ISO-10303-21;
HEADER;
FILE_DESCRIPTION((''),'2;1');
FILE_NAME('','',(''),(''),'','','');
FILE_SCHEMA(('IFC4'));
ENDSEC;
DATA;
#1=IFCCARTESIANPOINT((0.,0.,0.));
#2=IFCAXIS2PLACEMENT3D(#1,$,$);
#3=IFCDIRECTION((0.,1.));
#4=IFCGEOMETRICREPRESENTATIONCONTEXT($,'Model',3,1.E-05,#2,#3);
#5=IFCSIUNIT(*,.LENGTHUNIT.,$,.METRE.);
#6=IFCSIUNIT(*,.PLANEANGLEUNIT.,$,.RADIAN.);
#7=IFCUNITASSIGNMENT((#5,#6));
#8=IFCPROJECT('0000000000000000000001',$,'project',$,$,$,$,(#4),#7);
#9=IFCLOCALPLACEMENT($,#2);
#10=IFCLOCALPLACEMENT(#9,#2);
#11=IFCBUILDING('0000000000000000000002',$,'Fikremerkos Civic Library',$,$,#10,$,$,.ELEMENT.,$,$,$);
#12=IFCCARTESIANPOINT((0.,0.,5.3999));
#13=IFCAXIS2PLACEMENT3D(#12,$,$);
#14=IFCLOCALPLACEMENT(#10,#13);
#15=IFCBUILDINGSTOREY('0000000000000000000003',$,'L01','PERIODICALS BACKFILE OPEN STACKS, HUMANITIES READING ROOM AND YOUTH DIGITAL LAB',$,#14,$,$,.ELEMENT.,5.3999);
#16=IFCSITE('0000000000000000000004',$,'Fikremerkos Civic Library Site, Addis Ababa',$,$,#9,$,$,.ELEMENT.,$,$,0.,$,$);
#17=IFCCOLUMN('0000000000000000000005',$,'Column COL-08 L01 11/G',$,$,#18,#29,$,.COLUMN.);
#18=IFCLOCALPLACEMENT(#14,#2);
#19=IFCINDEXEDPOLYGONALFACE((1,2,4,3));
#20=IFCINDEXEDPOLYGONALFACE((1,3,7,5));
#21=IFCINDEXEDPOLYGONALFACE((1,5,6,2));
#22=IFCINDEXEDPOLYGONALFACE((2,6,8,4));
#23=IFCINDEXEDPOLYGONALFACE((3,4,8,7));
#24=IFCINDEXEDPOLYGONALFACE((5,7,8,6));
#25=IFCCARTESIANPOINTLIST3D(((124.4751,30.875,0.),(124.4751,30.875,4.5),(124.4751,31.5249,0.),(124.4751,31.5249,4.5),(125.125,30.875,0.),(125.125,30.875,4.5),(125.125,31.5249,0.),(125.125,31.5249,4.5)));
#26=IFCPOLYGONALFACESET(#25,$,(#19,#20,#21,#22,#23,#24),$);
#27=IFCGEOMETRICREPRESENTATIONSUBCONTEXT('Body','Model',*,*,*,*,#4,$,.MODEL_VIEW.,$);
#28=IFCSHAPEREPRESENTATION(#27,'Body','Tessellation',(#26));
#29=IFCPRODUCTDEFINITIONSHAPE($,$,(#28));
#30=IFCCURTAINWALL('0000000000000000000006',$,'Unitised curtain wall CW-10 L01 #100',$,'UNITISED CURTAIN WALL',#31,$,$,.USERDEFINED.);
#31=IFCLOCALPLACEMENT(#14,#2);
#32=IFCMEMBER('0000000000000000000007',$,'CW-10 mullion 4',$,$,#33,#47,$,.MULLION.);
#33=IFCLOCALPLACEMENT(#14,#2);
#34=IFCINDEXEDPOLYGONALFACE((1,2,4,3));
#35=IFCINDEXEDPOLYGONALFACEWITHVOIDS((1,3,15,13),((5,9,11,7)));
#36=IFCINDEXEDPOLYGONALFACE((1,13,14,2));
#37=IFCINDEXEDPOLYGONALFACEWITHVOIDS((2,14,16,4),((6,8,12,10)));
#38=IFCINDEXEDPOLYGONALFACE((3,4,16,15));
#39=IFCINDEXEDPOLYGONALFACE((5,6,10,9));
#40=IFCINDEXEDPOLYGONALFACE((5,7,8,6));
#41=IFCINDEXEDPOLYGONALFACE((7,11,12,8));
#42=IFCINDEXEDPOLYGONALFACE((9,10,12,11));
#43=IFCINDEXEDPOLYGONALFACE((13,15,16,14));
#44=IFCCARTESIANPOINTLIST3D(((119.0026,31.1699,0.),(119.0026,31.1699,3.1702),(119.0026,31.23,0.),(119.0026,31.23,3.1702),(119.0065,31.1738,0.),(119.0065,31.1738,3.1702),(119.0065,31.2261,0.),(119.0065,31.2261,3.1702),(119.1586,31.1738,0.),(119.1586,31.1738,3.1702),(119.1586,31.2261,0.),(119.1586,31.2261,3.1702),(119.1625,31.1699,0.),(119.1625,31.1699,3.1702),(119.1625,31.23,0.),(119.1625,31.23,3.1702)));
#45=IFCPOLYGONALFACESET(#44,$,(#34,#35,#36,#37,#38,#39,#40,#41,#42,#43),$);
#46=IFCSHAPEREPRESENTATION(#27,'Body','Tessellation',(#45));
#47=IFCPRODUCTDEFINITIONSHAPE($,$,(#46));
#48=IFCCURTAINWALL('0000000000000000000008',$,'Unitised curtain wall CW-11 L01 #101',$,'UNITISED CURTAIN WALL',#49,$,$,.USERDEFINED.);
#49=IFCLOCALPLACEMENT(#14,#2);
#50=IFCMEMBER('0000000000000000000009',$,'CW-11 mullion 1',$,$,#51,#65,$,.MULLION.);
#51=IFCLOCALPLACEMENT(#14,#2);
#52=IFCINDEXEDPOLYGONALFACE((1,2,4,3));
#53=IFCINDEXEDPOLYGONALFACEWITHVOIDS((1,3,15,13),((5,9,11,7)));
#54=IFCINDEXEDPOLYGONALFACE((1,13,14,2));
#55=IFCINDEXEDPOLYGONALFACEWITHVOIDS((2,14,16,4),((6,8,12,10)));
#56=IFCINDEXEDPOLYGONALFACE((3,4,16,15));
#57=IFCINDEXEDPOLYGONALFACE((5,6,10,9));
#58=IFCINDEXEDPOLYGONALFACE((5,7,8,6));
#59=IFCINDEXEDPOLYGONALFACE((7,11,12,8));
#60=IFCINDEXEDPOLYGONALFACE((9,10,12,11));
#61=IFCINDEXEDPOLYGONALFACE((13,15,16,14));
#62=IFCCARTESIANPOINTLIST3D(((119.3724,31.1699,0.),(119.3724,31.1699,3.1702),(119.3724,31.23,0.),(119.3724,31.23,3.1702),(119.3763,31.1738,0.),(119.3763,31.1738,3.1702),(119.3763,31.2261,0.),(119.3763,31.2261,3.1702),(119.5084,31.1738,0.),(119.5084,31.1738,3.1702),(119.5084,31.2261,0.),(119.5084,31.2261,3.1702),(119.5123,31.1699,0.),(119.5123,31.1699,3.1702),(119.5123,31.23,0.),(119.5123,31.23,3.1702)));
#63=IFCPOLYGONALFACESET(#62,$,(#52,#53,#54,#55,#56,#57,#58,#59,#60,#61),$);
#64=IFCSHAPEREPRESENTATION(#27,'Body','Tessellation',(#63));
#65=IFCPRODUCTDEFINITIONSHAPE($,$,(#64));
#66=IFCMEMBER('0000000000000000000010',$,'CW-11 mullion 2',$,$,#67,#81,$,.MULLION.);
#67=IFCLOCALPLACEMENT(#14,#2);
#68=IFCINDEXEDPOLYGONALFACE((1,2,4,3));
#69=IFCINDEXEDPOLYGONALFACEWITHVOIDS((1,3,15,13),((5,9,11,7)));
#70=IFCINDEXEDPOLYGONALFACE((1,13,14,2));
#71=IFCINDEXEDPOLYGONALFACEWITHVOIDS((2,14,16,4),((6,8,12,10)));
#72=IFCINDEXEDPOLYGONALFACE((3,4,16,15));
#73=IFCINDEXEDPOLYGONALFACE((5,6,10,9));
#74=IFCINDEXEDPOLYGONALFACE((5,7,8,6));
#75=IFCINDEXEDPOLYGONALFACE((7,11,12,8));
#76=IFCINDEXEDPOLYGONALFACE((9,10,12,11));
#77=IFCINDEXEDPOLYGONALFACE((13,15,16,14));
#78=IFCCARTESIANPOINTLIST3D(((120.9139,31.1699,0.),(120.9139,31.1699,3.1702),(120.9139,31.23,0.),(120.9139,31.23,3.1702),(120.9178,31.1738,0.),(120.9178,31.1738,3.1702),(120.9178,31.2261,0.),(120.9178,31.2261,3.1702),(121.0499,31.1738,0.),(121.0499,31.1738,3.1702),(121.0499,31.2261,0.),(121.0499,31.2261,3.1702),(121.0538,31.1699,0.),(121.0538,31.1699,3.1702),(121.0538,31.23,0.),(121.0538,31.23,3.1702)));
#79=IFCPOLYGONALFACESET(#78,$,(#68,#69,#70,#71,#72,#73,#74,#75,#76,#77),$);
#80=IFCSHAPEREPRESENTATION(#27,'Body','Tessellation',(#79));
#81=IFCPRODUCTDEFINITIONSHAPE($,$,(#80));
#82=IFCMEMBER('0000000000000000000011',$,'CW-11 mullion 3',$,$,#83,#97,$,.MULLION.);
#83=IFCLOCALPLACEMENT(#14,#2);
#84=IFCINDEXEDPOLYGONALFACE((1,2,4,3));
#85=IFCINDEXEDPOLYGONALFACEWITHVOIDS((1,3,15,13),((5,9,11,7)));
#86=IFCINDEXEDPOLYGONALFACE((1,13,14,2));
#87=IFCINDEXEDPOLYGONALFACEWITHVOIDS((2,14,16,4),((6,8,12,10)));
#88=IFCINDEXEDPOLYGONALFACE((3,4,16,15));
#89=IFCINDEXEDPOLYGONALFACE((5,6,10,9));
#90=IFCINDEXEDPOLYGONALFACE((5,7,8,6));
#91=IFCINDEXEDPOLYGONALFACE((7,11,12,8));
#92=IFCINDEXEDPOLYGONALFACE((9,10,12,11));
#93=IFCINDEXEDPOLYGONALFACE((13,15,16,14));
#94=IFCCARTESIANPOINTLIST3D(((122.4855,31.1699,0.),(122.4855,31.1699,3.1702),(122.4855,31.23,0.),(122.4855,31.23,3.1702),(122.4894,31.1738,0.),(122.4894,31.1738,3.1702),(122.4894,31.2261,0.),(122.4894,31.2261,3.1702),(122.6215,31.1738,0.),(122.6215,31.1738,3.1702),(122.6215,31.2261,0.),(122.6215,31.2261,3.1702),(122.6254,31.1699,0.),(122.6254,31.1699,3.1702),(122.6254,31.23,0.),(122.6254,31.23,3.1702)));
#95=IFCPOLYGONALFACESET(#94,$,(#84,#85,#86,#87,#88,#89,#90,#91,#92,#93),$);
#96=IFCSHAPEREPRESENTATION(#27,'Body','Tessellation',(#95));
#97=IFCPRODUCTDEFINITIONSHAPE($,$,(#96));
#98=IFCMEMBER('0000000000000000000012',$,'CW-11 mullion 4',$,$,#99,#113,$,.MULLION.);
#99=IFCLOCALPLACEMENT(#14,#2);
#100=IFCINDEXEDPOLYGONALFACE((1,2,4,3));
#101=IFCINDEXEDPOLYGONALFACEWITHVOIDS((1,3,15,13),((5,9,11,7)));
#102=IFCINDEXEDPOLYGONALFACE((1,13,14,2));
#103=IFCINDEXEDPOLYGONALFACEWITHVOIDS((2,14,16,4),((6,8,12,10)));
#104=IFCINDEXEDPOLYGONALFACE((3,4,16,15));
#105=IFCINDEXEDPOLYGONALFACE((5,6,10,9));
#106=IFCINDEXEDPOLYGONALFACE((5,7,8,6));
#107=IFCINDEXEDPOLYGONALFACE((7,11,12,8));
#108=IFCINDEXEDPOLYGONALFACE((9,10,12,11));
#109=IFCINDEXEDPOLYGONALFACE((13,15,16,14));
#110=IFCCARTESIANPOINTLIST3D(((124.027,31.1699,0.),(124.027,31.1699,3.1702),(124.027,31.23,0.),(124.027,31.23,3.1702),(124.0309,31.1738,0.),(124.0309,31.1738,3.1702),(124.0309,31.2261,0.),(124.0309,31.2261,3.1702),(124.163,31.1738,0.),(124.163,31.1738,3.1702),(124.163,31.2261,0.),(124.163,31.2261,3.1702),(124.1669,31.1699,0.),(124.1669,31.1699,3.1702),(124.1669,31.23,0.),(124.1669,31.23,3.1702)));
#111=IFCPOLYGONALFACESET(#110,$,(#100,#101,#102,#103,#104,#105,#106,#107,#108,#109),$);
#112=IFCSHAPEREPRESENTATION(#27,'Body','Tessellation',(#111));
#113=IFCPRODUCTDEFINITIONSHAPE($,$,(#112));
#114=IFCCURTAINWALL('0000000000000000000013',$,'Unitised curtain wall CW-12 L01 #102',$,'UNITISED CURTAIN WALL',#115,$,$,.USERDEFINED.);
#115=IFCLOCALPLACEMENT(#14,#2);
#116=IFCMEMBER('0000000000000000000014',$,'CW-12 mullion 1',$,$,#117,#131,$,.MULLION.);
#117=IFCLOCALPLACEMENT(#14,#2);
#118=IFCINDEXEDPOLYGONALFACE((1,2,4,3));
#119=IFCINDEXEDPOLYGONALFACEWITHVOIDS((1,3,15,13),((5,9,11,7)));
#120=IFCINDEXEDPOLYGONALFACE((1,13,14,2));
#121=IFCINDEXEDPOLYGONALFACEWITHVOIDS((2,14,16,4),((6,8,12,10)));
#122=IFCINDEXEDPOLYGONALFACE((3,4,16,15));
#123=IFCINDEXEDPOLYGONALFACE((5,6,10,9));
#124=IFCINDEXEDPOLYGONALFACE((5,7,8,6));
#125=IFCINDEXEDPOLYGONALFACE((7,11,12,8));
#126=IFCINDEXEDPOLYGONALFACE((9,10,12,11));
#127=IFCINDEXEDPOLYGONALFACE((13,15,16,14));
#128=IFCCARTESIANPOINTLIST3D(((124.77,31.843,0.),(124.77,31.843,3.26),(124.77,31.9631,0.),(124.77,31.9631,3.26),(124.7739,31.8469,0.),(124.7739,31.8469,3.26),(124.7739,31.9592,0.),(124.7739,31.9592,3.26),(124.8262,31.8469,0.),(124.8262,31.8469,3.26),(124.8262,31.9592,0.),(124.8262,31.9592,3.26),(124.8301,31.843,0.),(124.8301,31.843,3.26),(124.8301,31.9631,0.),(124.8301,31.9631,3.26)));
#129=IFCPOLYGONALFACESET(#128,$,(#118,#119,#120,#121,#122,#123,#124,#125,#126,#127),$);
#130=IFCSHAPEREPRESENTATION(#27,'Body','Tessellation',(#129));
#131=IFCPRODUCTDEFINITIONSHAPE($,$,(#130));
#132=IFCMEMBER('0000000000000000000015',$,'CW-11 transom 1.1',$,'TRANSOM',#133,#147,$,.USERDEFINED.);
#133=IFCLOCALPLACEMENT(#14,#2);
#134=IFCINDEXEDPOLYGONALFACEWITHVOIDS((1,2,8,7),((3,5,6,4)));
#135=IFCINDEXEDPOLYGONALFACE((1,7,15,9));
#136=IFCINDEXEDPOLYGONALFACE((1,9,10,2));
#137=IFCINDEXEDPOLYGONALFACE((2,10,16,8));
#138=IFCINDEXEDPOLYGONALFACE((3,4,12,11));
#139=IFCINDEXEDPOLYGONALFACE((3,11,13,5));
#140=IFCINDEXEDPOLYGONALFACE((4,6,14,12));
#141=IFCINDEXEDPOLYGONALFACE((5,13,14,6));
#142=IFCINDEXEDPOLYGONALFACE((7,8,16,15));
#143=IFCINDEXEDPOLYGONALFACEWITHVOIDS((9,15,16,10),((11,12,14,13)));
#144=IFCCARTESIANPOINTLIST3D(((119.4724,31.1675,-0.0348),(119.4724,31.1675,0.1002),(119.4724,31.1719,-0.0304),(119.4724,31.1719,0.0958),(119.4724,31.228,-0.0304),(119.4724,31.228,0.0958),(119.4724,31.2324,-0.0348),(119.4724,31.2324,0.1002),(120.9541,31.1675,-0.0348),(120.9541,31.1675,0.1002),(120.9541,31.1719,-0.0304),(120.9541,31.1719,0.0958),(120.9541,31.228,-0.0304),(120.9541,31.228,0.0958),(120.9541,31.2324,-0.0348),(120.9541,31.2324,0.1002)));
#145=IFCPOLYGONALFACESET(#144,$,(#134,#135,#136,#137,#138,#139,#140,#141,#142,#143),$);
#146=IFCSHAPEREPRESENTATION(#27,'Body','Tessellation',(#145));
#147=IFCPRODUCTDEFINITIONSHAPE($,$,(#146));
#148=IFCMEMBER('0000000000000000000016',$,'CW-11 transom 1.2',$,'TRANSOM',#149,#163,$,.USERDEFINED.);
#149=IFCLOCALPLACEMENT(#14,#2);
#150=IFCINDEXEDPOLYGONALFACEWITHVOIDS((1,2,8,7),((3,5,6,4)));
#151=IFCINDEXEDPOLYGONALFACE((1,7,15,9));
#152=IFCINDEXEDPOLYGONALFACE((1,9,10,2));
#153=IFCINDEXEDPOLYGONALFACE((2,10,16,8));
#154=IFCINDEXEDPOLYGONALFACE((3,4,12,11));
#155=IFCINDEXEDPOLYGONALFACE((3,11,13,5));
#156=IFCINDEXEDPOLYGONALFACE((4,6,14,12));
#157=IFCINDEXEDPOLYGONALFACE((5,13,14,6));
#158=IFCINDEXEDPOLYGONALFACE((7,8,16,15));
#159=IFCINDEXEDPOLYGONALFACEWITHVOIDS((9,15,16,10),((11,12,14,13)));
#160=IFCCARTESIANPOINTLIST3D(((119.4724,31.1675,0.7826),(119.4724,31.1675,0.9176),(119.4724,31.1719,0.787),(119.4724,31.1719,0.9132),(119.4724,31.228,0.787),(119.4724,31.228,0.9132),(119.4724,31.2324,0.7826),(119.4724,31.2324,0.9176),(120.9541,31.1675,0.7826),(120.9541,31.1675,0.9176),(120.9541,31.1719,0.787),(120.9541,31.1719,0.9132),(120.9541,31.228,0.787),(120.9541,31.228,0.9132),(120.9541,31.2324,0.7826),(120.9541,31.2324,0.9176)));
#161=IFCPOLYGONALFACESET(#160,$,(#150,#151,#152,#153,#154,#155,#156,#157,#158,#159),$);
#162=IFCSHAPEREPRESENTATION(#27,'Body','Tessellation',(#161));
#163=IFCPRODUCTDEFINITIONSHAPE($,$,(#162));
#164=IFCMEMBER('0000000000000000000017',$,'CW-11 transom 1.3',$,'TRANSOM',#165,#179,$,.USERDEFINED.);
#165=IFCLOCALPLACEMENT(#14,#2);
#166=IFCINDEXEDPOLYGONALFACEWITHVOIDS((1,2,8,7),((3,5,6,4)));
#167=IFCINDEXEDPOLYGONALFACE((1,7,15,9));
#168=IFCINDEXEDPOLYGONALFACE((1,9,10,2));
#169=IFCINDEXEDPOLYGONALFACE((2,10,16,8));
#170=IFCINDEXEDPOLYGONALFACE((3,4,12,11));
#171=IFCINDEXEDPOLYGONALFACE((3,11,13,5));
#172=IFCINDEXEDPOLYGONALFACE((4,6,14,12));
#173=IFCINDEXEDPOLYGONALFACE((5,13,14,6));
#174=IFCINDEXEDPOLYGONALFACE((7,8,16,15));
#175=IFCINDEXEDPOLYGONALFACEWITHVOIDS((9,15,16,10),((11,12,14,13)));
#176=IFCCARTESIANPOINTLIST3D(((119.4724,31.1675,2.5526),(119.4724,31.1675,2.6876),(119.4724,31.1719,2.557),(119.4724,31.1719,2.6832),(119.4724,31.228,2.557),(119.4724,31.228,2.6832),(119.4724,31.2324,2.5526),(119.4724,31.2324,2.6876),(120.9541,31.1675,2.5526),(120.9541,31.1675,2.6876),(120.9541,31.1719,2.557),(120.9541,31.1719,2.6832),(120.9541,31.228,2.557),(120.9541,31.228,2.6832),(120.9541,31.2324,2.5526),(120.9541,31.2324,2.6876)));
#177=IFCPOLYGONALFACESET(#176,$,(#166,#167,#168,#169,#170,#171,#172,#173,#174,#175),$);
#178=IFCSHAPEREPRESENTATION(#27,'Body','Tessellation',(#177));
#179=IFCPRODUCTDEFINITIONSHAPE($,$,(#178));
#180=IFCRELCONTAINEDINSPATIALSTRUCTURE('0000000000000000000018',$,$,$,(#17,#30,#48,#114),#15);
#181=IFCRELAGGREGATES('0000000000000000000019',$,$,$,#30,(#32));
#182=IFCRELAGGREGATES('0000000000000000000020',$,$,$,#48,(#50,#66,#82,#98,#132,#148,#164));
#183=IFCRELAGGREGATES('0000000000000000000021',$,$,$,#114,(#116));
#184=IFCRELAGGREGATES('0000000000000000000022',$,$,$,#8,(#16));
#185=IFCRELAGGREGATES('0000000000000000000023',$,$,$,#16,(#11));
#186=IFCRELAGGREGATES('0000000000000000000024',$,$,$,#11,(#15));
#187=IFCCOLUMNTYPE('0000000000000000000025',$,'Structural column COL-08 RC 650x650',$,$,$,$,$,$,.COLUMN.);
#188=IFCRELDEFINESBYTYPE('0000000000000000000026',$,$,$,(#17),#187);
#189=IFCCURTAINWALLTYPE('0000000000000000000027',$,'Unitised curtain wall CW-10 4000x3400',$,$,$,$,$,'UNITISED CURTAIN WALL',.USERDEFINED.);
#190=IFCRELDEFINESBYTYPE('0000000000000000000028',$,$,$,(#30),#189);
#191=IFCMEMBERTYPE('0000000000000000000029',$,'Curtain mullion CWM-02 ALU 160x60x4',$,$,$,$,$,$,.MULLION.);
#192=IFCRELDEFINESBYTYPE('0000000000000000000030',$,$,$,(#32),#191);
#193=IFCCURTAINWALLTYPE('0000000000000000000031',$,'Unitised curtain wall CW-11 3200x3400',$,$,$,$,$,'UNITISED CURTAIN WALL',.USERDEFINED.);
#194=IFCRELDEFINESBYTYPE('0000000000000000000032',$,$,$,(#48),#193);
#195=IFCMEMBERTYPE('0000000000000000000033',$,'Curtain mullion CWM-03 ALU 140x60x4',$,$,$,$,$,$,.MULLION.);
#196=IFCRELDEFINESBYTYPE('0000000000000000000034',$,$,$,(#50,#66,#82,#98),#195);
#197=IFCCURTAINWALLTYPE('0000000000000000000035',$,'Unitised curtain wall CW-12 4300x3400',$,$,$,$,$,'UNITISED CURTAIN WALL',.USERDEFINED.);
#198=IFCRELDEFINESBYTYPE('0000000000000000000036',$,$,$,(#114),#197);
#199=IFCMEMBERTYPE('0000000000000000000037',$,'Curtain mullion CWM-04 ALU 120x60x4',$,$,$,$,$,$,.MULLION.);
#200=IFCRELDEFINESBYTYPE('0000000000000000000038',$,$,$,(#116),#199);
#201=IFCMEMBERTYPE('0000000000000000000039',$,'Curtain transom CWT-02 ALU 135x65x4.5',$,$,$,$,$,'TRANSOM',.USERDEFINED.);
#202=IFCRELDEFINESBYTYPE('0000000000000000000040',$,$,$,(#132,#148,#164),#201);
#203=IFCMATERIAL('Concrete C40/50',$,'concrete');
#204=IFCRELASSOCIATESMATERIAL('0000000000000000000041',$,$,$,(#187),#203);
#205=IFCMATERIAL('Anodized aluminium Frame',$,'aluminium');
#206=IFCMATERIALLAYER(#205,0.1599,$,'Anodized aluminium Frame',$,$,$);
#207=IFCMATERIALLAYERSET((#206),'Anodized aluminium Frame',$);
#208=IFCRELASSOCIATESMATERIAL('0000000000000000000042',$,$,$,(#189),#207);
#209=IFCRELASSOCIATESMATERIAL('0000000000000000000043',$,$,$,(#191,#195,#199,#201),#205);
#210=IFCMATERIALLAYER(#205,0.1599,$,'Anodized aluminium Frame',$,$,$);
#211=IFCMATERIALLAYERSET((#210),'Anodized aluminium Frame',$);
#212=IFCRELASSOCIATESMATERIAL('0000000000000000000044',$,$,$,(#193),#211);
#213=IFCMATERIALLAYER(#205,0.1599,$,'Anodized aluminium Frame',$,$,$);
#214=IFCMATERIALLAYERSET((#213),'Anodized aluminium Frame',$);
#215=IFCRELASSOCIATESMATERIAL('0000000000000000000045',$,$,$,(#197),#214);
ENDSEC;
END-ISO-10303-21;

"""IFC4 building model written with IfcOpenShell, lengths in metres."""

from ifc_helpers import new_model, si_unit, direction, frame, origin, origin_2d, place, context, subcontext, project, spatial, rectangle, hollow_rectangle, extrude, material, layer, layer_set, material_profile, profile_set, type_object, element, aggregate, save


model = new_model("IFC4")

# Units and contexts
model_context = context("Model", 3, precision=1e-05, world=origin(), true_north=direction((0.0, 1.0)))
body_context = subcontext(model_context, "Body", "Model", "MODEL_VIEW")
ifc_project = project(units=[si_unit("LENGTHUNIT", "METRE"), si_unit("PLANEANGLEUNIT", "RADIAN")], contexts=[model_context])

# Site, building, storey
site_placement = place(None, origin())
site = spatial("IfcSite", under=ifc_project, at=site_placement, Name="Fikremerkos Civic Library Site, Addis Ababa", CompositionType="ELEMENT", RefElevation=0.0)
building_placement = place(site_placement, origin())
building = spatial("IfcBuilding", under=site, at=building_placement, Name="Fikremerkos Civic Library", CompositionType="ELEMENT")
storey_placement = place(building_placement, frame((0.0, 0.0, 5.3999)))
storey = spatial("IfcBuildingStorey", under=building, at=storey_placement, Name="L01", Description="PERIODICALS BACKFILE OPEN STACKS, HUMANITIES READING ROOM AND YOUTH DIGITAL LAB", CompositionType="ELEMENT", Elevation=5.3999)

# Column
ifc_material_1 = material(Name="Concrete C40/50", Category="concrete")
ifc_material_profile_1 = material_profile(ifc_material_1, rectangle(XDim=0.6499, YDim=0.6499, at=origin_2d()), Name="RC 650x650")
ifc_profile_set_1 = profile_set([ifc_material_profile_1], Name="Concrete C40/50")
column_type = type_object("IfcColumnType", Name="Structural column COL-08 RC 650x650", PredefinedType="COLUMN", material=ifc_profile_set_1)
column_placement = place(storey_placement, frame((124.8, 31.2, 0.0), z_axis=(0.0, 0.0, 1.0), x_axis=(1.0, 0.0, 0.0)))
element("IfcColumn", 1, at=column_placement, inside=storey, type_object=column_type, Name="Column COL-08 L01 11/G", PredefinedType="COLUMN", context=body_context, shape_type="SweptSolid", body=[
    extrude(rectangle(XDim=0.6499, YDim=0.6499, at=origin_2d()), origin(), (0.0, 0.0, 1.0), 4.5),
])

# Curtain wall, member
ifc_material_2 = material(Name="Anodized aluminium Frame", Category="aluminium")
ifc_layer_1 = layer(ifc_material_2, 0.1599, Name="Anodized aluminium Frame")
ifc_layer_set_1 = layer_set([ifc_layer_1], Name="Anodized aluminium Frame")
curtain_wall_type_1 = type_object("IfcCurtainWallType", Name="Unitised curtain wall CW-10 4000x3400", ElementType="UNITISED CURTAIN WALL", PredefinedType="USERDEFINED", material=ifc_layer_set_1)
curtain_wall_1_placement = place(storey_placement, origin())
curtain_wall_1 = element("IfcCurtainWall", 2, at=curtain_wall_1_placement, inside=storey, type_object=curtain_wall_type_1, Name="Unitised curtain wall CW-10 L01 #100", ObjectType="UNITISED CURTAIN WALL", PredefinedType="USERDEFINED")
ifc_material_profile_2 = material_profile(ifc_material_2, hollow_rectangle(XDim=0.0601, YDim=0.1599, WallThickness=0.0039, at=origin_2d()), Name="ALU 160x60x4")
ifc_profile_set_2 = profile_set([ifc_material_profile_2], Name="Anodized aluminium Frame")
member_type_1 = type_object("IfcMemberType", Name="Curtain mullion CWM-02 ALU 160x60x4", PredefinedType="MULLION", material=ifc_profile_set_2)
member_1_placement = place(storey_placement, frame((119.0825, 31.2, 0.0), z_axis=(0.0, 0.0, 1.0), x_axis=(0.0, 1.0, 0.0)))
member_1 = element("IfcMember", 3, at=member_1_placement, type_object=member_type_1, Name="CW-10 mullion 4", PredefinedType="MULLION", context=body_context, shape_type="SweptSolid", body=[
    extrude(hollow_rectangle(XDim=0.0601, YDim=0.1599, WallThickness=0.0039, at=origin_2d()), origin(), (0.0, 0.0, 1.0), 3.1702),
])

# Curtain wall, members
ifc_layer_2 = layer(ifc_material_2, 0.1599, Name="Anodized aluminium Frame")
ifc_layer_set_2 = layer_set([ifc_layer_2], Name="Anodized aluminium Frame")
curtain_wall_type_2 = type_object("IfcCurtainWallType", Name="Unitised curtain wall CW-11 3200x3400", ElementType="UNITISED CURTAIN WALL", PredefinedType="USERDEFINED", material=ifc_layer_set_2)
curtain_wall_2_placement = place(storey_placement, origin())
curtain_wall_2 = element("IfcCurtainWall", 4, at=curtain_wall_2_placement, inside=storey, type_object=curtain_wall_type_2, Name="Unitised curtain wall CW-11 L01 #101", ObjectType="UNITISED CURTAIN WALL", PredefinedType="USERDEFINED")
ifc_material_profile_3 = material_profile(ifc_material_2, hollow_rectangle(XDim=0.0601, YDim=0.1399, WallThickness=0.0039, at=origin_2d()), Name="ALU 140x60x4")
ifc_profile_set_3 = profile_set([ifc_material_profile_3], Name="Anodized aluminium Frame")
member_type_2 = type_object("IfcMemberType", Name="Curtain mullion CWM-03 ALU 140x60x4", PredefinedType="MULLION", material=ifc_profile_set_3)
member_2_placement = place(storey_placement, frame((119.4424, 31.2, 0.0), z_axis=(0.0, 0.0, 1.0), x_axis=(0.0, 1.0, 0.0)))
member_2 = element("IfcMember", 5, at=member_2_placement, type_object=member_type_2, Name="CW-11 mullion 1", PredefinedType="MULLION", context=body_context, shape_type="SweptSolid", body=[
    extrude(hollow_rectangle(XDim=0.0601, YDim=0.1399, WallThickness=0.0039, at=origin_2d()), origin(), (0.0, 0.0, 1.0), 3.1702),
])
member_3_placement = place(storey_placement, frame((120.9839, 31.2, 0.0), z_axis=(0.0, 0.0, 1.0), x_axis=(0.0, 1.0, 0.0)))
member_3 = element("IfcMember", 6, at=member_3_placement, type_object=member_type_2, Name="CW-11 mullion 2", PredefinedType="MULLION", context=body_context, shape_type="SweptSolid", body=[
    extrude(hollow_rectangle(XDim=0.0601, YDim=0.1399, WallThickness=0.0039, at=origin_2d()), origin(), (0.0, 0.0, 1.0), 3.1702),
])
member_4_placement = place(storey_placement, frame((122.5554, 31.2, 0.0), z_axis=(0.0, 0.0, 1.0), x_axis=(0.0, 1.0, 0.0)))
member_4 = element("IfcMember", 7, at=member_4_placement, type_object=member_type_2, Name="CW-11 mullion 3", PredefinedType="MULLION", context=body_context, shape_type="SweptSolid", body=[
    extrude(hollow_rectangle(XDim=0.0601, YDim=0.1399, WallThickness=0.0039, at=origin_2d()), origin(), (0.0, 0.0, 1.0), 3.1702),
])
member_5_placement = place(storey_placement, frame((124.0969, 31.2, 0.0), z_axis=(0.0, 0.0, 1.0), x_axis=(0.0, 1.0, 0.0)))
member_5 = element("IfcMember", 8, at=member_5_placement, type_object=member_type_2, Name="CW-11 mullion 4", PredefinedType="MULLION", context=body_context, shape_type="SweptSolid", body=[
    extrude(hollow_rectangle(XDim=0.0601, YDim=0.1399, WallThickness=0.0039, at=origin_2d()), origin(), (0.0, 0.0, 1.0), 3.1702),
])

# Curtain wall, member
ifc_layer_3 = layer(ifc_material_2, 0.1599, Name="Anodized aluminium Frame")
ifc_layer_set_3 = layer_set([ifc_layer_3], Name="Anodized aluminium Frame")
curtain_wall_type_3 = type_object("IfcCurtainWallType", Name="Unitised curtain wall CW-12 4300x3400", ElementType="UNITISED CURTAIN WALL", PredefinedType="USERDEFINED", material=ifc_layer_set_3)
curtain_wall_3_placement = place(storey_placement, origin())
curtain_wall_3 = element("IfcCurtainWall", 9, at=curtain_wall_3_placement, inside=storey, type_object=curtain_wall_type_3, Name="Unitised curtain wall CW-12 L01 #102", ObjectType="UNITISED CURTAIN WALL", PredefinedType="USERDEFINED")
ifc_material_profile_4 = material_profile(ifc_material_2, hollow_rectangle(XDim=0.0601, YDim=0.1201, WallThickness=0.0039, at=origin_2d()), Name="ALU 120x60x4")
ifc_profile_set_4 = profile_set([ifc_material_profile_4], Name="Anodized aluminium Frame")
member_type_3 = type_object("IfcMemberType", Name="Curtain mullion CWM-04 ALU 120x60x4", PredefinedType="MULLION", material=ifc_profile_set_4)
member_6_placement = place(storey_placement, frame((124.8, 31.9031, 0.0), z_axis=(0.0, 0.0, 1.0), x_axis=(-1.0, 0.0, 0.0)))
member_6 = element("IfcMember", 10, at=member_6_placement, type_object=member_type_3, Name="CW-12 mullion 1", PredefinedType="MULLION", context=body_context, shape_type="SweptSolid", body=[
    extrude(hollow_rectangle(XDim=0.0601, YDim=0.1201, WallThickness=0.0039, at=origin_2d()), origin(), (0.0, 0.0, 1.0), 3.26),
])

# Members
ifc_material_profile_5 = material_profile(ifc_material_2, hollow_rectangle(XDim=0.0649, YDim=0.135, WallThickness=0.0044, at=origin_2d()), Name="ALU 135x65x4.5")
ifc_profile_set_5 = profile_set([ifc_material_profile_5], Name="Anodized aluminium Frame")
member_type_4 = type_object("IfcMemberType", Name="Curtain transom CWT-02 ALU 135x65x4.5", ElementType="TRANSOM", PredefinedType="USERDEFINED", material=ifc_profile_set_5)
member_7_placement = place(storey_placement, frame((119.4724, 31.2, 0.0327), z_axis=(1.0, 0.0, 0.0), x_axis=(0.0, 1.0, 0.0)))
member_7 = element("IfcMember", 11, at=member_7_placement, type_object=member_type_4, Name="CW-11 transom 1.1", ObjectType="TRANSOM", PredefinedType="USERDEFINED", context=body_context, shape_type="SweptSolid", body=[
    extrude(hollow_rectangle(XDim=0.0649, YDim=0.135, WallThickness=0.0044, at=origin_2d()), origin(), (0.0, 0.0, 1.0), 1.4817),
])
member_8_placement = place(storey_placement, frame((119.4724, 31.2, 0.8501), z_axis=(1.0, 0.0, 0.0), x_axis=(0.0, 1.0, 0.0)))
member_8 = element("IfcMember", 12, at=member_8_placement, type_object=member_type_4, Name="CW-11 transom 1.2", ObjectType="TRANSOM", PredefinedType="USERDEFINED", context=body_context, shape_type="SweptSolid", body=[
    extrude(hollow_rectangle(XDim=0.0649, YDim=0.135, WallThickness=0.0044, at=origin_2d()), origin(), (0.0, 0.0, 1.0), 1.4817),
])
member_9_placement = place(storey_placement, frame((119.4724, 31.2, 2.6201), z_axis=(1.0, 0.0, 0.0), x_axis=(0.0, 1.0, 0.0)))
member_9 = element("IfcMember", 13, at=member_9_placement, type_object=member_type_4, Name="CW-11 transom 1.3", ObjectType="TRANSOM", PredefinedType="USERDEFINED", context=body_context, shape_type="SweptSolid", body=[
    extrude(hollow_rectangle(XDim=0.0649, YDim=0.135, WallThickness=0.0044, at=origin_2d()), origin(), (0.0, 0.0, 1.0), 1.4817),
])

aggregate(curtain_wall_1, [member_1])
aggregate(curtain_wall_2, [member_2, member_3, member_4, member_5, member_7, member_8, member_9])
aggregate(curtain_wall_3, [member_6])

save(model, "model.ifc")
